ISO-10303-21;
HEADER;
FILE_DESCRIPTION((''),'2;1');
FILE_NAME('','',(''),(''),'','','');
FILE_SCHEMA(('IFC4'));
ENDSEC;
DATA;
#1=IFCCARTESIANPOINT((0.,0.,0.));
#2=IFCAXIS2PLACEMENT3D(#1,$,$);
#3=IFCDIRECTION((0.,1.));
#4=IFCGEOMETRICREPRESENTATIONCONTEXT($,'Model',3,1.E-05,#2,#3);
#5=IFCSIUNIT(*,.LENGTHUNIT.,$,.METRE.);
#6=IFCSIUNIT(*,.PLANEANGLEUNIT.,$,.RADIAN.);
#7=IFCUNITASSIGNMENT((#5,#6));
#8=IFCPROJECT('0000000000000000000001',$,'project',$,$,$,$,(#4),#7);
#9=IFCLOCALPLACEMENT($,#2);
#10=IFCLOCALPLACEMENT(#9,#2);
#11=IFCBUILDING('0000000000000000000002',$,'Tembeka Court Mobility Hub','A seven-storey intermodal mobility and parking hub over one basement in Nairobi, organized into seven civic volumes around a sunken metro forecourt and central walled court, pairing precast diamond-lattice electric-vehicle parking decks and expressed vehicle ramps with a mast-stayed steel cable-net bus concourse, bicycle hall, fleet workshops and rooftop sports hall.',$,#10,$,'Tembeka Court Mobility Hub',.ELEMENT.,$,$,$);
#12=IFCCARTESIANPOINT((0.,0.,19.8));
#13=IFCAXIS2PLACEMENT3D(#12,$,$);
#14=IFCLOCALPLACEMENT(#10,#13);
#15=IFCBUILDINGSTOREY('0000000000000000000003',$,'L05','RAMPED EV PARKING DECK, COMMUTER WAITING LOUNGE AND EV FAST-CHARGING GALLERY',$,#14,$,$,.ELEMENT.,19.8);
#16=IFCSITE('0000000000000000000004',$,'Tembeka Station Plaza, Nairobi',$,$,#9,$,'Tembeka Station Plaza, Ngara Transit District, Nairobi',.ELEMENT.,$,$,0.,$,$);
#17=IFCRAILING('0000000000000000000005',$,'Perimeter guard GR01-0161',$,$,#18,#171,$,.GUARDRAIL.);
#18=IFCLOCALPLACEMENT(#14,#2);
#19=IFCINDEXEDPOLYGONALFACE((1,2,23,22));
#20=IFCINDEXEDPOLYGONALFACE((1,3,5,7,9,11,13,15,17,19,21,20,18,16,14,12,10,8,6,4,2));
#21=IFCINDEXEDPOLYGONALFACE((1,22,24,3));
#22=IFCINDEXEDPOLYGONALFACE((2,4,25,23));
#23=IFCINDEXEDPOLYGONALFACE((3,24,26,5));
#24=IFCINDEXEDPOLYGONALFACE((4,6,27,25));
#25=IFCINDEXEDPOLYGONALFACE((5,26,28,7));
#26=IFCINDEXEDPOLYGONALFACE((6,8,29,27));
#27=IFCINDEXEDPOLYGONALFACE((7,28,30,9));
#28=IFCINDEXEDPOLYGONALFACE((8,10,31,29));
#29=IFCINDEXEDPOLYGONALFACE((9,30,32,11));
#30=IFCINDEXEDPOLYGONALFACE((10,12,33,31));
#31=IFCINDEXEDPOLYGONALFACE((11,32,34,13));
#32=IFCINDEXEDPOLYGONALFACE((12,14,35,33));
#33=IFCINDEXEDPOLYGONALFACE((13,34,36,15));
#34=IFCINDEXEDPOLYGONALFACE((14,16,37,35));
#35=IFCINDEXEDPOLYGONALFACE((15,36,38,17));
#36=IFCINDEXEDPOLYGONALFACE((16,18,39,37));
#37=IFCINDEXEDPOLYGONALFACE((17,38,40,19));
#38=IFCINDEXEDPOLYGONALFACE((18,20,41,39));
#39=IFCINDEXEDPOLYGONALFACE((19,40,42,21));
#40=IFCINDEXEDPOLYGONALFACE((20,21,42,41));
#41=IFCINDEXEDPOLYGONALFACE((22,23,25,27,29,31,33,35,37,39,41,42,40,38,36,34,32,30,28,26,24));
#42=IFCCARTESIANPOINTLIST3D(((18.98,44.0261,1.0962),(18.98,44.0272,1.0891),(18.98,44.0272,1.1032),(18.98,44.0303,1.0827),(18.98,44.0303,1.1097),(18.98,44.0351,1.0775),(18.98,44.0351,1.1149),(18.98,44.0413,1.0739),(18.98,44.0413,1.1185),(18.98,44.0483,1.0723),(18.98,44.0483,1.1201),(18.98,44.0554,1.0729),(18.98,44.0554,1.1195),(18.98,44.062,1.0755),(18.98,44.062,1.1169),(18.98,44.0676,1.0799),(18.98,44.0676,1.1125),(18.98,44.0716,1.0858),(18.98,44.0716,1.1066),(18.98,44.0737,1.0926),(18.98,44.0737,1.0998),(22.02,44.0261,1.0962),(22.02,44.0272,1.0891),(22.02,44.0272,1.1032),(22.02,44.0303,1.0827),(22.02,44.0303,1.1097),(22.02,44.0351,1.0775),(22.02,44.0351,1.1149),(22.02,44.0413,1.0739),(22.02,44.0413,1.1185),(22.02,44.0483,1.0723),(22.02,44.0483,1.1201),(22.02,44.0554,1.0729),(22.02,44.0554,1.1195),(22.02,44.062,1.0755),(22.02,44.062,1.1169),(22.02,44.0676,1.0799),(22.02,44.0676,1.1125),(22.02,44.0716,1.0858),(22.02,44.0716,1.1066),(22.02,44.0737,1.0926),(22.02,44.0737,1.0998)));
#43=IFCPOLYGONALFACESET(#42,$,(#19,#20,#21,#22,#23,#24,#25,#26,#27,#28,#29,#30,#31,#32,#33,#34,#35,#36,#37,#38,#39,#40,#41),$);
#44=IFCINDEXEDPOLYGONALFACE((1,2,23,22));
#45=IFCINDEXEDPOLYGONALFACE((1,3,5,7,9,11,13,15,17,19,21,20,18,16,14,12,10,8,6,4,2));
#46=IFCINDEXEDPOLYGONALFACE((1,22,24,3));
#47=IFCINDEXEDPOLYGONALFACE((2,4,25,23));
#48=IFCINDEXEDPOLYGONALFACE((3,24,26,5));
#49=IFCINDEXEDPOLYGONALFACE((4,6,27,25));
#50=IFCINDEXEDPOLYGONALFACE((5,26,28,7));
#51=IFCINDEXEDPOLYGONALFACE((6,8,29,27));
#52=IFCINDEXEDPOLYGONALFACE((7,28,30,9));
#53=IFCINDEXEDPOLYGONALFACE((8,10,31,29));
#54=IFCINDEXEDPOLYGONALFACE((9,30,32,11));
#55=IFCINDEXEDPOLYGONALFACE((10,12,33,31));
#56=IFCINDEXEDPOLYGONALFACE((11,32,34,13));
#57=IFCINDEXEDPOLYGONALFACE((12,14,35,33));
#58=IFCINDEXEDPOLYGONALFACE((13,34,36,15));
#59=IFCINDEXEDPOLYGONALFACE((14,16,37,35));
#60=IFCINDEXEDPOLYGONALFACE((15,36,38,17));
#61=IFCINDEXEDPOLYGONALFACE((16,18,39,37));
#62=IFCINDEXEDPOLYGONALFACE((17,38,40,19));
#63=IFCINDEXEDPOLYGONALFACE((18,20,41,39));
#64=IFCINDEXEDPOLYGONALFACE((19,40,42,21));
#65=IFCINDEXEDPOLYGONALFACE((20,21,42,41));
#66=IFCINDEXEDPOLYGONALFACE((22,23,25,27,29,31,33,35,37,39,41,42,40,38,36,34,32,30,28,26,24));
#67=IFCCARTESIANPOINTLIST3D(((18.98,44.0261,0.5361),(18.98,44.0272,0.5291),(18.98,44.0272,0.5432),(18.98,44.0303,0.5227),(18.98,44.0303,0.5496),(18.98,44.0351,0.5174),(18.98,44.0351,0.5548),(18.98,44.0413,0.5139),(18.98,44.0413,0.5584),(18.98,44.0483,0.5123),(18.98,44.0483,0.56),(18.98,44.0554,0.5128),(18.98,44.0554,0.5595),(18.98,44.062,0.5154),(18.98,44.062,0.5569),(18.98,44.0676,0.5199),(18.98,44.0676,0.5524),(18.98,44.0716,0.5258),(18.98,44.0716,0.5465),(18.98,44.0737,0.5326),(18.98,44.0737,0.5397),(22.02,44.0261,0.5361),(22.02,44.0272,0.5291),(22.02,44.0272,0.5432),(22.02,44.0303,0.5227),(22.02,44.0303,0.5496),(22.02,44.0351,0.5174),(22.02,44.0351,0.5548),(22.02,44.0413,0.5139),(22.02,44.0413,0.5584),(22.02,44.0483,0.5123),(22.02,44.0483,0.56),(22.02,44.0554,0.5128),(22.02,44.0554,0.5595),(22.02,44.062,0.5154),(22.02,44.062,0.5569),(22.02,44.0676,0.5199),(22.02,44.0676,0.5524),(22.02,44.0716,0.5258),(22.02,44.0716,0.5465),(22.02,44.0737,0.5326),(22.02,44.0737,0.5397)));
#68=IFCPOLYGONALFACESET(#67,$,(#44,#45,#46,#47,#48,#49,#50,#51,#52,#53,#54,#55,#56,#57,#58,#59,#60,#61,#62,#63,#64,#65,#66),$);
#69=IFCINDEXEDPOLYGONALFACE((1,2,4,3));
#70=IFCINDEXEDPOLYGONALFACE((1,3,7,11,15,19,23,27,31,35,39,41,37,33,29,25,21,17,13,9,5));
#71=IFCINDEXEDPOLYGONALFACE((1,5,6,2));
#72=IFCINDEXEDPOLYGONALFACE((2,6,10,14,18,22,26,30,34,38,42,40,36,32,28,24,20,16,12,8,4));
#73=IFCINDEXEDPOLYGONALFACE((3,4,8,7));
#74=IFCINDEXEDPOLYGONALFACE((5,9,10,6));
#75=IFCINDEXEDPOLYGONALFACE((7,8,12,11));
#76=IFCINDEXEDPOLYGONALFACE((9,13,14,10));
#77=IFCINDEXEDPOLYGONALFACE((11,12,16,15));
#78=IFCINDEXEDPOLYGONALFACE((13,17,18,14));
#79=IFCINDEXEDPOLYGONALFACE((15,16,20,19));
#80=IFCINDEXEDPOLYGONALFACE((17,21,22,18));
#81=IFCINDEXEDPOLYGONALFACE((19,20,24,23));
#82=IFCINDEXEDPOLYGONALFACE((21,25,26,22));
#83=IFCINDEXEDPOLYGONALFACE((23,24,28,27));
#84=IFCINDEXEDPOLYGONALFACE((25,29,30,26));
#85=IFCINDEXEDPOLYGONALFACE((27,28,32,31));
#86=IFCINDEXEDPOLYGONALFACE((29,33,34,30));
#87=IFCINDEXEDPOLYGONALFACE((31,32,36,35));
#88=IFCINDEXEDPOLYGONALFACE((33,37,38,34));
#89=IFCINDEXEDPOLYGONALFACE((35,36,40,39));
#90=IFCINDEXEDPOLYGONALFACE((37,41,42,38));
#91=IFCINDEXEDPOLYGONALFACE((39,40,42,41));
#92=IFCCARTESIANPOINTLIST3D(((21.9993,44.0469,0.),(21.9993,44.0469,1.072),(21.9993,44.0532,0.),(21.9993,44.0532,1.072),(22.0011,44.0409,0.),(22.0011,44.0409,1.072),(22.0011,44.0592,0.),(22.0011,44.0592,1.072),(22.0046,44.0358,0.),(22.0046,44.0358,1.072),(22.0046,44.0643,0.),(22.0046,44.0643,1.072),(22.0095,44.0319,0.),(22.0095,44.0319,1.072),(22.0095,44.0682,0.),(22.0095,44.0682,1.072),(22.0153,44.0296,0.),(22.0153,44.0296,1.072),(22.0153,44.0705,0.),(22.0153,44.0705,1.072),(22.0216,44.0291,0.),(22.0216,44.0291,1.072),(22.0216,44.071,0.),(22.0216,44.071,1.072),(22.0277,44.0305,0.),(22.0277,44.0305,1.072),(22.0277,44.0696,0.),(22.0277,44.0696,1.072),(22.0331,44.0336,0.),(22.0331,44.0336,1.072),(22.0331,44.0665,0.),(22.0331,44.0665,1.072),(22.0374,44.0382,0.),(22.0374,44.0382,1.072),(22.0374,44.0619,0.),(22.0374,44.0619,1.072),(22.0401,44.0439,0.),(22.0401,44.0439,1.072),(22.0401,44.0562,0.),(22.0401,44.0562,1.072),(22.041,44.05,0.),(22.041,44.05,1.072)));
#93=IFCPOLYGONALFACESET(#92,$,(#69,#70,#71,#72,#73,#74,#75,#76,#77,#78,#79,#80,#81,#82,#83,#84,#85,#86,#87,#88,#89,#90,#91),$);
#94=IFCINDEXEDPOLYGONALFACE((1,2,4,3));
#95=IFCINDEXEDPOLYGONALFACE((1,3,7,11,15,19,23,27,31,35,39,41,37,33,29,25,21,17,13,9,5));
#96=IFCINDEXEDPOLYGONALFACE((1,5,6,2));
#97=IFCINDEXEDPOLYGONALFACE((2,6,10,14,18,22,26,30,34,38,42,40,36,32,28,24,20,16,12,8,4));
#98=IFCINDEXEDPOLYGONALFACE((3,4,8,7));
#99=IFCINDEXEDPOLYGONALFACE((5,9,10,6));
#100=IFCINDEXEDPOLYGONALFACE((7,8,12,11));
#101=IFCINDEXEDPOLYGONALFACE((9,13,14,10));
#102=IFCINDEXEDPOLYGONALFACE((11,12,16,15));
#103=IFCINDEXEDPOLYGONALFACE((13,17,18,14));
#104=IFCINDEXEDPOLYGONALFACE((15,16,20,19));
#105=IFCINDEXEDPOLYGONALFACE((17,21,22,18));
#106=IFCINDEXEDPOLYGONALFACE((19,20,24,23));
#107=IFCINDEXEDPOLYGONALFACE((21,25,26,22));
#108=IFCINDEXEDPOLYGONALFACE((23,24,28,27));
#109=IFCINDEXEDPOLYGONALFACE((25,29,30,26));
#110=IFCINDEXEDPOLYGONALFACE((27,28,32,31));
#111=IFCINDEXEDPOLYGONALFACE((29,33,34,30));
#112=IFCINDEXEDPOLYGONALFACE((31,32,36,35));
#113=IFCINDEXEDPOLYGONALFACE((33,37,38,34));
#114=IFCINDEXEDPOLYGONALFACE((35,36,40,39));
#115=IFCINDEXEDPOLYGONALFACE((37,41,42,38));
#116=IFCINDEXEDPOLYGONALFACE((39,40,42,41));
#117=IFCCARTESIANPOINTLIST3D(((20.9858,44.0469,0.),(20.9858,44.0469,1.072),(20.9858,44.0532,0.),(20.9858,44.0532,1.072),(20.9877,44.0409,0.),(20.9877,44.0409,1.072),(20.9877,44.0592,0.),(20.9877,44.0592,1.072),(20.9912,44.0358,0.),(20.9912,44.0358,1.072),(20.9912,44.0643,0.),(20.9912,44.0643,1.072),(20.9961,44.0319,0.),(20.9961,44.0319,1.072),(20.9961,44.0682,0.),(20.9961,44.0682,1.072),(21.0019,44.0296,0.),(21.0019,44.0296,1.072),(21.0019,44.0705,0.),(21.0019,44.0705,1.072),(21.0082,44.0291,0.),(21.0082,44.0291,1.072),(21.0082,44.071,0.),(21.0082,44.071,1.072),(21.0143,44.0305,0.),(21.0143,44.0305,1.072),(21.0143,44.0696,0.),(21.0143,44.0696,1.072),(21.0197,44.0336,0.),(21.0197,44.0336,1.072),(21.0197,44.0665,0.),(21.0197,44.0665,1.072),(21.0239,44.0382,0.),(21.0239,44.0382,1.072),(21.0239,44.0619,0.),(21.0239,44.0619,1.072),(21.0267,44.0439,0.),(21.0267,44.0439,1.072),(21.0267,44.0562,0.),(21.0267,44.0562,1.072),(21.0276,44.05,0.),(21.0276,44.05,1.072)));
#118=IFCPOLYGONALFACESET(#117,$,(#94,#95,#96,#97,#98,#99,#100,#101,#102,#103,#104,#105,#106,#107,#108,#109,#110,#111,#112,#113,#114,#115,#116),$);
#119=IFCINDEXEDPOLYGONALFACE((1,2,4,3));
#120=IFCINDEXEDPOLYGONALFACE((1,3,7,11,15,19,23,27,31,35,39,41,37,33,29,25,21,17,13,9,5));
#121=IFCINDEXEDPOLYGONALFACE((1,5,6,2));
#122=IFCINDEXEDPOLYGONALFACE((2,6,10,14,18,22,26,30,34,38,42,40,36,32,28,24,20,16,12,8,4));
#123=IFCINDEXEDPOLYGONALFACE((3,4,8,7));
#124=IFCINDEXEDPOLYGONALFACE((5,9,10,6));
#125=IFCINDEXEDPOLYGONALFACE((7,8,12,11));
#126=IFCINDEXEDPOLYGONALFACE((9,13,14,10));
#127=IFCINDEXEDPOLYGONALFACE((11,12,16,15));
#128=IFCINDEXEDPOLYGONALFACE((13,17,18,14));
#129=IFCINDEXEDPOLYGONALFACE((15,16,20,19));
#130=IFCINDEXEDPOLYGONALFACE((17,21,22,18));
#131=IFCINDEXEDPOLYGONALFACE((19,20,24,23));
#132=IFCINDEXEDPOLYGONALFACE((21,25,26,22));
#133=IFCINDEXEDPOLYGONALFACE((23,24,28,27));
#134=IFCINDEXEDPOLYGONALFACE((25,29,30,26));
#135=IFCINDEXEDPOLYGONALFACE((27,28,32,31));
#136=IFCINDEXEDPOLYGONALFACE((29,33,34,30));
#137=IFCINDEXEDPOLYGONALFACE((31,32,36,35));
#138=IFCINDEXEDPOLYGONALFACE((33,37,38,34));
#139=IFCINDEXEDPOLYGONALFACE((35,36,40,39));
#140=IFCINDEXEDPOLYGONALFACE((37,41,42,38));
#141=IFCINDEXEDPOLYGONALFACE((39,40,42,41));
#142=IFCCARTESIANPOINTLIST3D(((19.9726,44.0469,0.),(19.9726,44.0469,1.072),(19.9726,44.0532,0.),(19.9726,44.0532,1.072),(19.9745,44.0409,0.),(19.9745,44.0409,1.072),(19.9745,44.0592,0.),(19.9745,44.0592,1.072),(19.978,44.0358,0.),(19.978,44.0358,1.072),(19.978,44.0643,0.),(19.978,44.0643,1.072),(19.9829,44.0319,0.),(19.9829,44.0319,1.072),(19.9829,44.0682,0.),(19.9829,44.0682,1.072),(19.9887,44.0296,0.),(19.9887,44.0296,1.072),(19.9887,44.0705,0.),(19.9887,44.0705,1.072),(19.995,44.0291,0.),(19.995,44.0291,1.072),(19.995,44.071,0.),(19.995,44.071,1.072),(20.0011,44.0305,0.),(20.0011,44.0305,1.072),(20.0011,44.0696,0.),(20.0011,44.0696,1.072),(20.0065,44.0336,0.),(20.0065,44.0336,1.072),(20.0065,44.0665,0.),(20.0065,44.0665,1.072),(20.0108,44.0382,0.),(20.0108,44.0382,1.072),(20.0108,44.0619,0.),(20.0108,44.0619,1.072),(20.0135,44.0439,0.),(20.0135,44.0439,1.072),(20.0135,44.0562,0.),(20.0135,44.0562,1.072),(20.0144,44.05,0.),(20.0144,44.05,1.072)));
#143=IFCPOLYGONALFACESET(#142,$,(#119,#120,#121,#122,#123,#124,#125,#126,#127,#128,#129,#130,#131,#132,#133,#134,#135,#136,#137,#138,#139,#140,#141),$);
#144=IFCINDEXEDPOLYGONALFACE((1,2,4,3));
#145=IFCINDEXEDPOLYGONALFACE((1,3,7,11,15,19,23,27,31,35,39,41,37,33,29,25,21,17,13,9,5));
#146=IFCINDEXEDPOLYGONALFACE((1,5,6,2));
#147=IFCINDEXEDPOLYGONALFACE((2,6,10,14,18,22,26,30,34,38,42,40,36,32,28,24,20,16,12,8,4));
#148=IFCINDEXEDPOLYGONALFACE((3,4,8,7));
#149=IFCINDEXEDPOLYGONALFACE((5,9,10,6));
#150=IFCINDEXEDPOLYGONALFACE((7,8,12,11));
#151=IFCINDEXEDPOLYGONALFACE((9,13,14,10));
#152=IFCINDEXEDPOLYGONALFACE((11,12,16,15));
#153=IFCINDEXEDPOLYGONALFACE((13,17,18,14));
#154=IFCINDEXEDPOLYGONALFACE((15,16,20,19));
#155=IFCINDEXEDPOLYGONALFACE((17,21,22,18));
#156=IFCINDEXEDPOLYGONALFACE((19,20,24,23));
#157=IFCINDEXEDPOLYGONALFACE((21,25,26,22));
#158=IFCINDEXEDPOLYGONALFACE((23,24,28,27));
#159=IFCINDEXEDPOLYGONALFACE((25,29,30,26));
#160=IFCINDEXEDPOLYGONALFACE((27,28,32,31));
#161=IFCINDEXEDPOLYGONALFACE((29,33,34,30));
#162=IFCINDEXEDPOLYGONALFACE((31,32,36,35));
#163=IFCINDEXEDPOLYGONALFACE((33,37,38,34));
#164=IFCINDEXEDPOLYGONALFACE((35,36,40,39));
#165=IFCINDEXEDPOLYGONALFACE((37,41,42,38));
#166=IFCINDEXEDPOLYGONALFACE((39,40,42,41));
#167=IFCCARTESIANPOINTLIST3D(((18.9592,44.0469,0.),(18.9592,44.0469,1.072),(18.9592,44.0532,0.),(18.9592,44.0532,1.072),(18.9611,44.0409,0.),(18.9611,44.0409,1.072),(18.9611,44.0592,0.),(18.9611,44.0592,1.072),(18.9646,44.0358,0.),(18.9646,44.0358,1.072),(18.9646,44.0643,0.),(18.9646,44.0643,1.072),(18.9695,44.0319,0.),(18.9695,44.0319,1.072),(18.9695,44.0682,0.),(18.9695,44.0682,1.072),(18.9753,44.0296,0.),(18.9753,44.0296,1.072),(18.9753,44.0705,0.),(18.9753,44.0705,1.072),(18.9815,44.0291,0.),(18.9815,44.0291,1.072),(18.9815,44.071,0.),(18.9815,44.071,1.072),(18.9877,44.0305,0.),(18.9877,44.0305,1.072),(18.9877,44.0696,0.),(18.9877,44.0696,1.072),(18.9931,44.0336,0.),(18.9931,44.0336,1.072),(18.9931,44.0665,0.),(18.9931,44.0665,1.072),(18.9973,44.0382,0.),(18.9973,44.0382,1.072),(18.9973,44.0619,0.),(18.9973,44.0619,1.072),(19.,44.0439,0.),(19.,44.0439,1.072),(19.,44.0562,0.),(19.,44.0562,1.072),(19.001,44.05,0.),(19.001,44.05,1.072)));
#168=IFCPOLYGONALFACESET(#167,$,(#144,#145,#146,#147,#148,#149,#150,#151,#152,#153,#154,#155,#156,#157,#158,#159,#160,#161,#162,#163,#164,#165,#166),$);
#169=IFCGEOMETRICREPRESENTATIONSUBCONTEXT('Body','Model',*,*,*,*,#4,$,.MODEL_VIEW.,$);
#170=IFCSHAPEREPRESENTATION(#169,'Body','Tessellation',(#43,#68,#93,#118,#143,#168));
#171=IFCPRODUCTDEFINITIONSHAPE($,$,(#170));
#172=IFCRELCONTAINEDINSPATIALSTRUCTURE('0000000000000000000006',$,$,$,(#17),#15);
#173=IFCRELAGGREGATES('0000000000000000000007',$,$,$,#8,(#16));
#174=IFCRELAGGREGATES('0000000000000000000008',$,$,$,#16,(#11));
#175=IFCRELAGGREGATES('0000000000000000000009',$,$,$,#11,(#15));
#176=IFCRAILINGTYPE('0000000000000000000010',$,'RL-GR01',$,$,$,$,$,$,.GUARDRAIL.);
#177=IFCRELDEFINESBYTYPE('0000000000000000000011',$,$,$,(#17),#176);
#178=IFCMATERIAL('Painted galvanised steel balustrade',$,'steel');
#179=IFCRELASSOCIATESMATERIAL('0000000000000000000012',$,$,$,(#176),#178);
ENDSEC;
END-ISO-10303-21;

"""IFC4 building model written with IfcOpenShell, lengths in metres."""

from ifc_helpers import new_model, si_unit, direction, frame, origin, origin_2d, place, context, subcontext, project, spatial, circle, extrude, material, type_object, element, save


model = new_model("IFC4")

# Units and contexts
model_context = context("Model", 3, precision=1e-05, world=origin(), true_north=direction((0.0, 1.0)))
body_context = subcontext(model_context, "Body", "Model", "MODEL_VIEW")
ifc_project = project(units=[si_unit("LENGTHUNIT", "METRE"), si_unit("PLANEANGLEUNIT", "RADIAN")], contexts=[model_context])

# Site, building, storey
site_placement = place(None, origin())
site = spatial("IfcSite", under=ifc_project, at=site_placement, Name="Tembeka Station Plaza, Nairobi", LongName="Tembeka Station Plaza, Ngara Transit District, Nairobi", CompositionType="ELEMENT", RefElevation=0.0)
building_placement = place(site_placement, origin())
building = spatial("IfcBuilding", under=site, at=building_placement, Name="Tembeka Court Mobility Hub", Description="A seven-storey intermodal mobility and parking hub over one basement in Nairobi, organized into seven civic volumes around a sunken metro forecourt and central walled court, pairing precast diamond-lattice electric-vehicle parking decks and expressed vehicle ramps with a mast-stayed steel cable-net bus concourse, bicycle hall, fleet workshops and rooftop sports hall.", LongName="Tembeka Court Mobility Hub", CompositionType="ELEMENT")
storey_placement = place(building_placement, frame((0.0, 0.0, 19.8)))
storey = spatial("IfcBuildingStorey", under=building, at=storey_placement, Name="L05", Description="RAMPED EV PARKING DECK, COMMUTER WAITING LOUNGE AND EV FAST-CHARGING GALLERY", CompositionType="ELEMENT", Elevation=19.8)

# Railing
ifc_material_1 = material(Name="Painted galvanised steel balustrade", Category="steel")
railing_type = type_object("IfcRailingType", Name="RL-GR01", PredefinedType="GUARDRAIL", material=ifc_material_1)
railing_1_placement = place(storey_placement, frame((22.02, 44.05, 0.0)))
element("IfcRailing", 1, at=railing_1_placement, inside=storey, type_object=railing_type, Name="Perimeter guard GR01-0161", PredefinedType="GUARDRAIL", context=body_context, shape_type="SweptSolid", body=[
    extrude(circle(Radius=0.0239, at=origin_2d()), frame((0.0, 0.0, 1.0962), z_axis=(-1.0, 0.0, 0.0), x_axis=(0.0, -1.0, 0.0)), (0.0, 0.0, 1.0), 3.04),
    extrude(circle(Radius=0.0239, at=origin_2d()), frame((0.0, 0.0, 0.5361), z_axis=(-1.0, 0.0, 0.0), x_axis=(0.0, -1.0, 0.0)), (0.0, 0.0, 1.0), 3.04),
    extrude(circle(Radius=0.021, at=origin_2d()), origin(), (0.0, 0.0, 1.0), 1.072),
    extrude(circle(Radius=0.021, at=origin_2d()), frame((-1.0134, 0.0, 0.0)), (0.0, 0.0, 1.0), 1.072),
    extrude(circle(Radius=0.021, at=origin_2d()), frame((-2.0266, 0.0, 0.0)), (0.0, 0.0, 1.0), 1.072),
    extrude(circle(Radius=0.021, at=origin_2d()), frame((-3.04, 0.0, 0.0)), (0.0, 0.0, 1.0), 1.072),
])

save(model, "model.ifc")
